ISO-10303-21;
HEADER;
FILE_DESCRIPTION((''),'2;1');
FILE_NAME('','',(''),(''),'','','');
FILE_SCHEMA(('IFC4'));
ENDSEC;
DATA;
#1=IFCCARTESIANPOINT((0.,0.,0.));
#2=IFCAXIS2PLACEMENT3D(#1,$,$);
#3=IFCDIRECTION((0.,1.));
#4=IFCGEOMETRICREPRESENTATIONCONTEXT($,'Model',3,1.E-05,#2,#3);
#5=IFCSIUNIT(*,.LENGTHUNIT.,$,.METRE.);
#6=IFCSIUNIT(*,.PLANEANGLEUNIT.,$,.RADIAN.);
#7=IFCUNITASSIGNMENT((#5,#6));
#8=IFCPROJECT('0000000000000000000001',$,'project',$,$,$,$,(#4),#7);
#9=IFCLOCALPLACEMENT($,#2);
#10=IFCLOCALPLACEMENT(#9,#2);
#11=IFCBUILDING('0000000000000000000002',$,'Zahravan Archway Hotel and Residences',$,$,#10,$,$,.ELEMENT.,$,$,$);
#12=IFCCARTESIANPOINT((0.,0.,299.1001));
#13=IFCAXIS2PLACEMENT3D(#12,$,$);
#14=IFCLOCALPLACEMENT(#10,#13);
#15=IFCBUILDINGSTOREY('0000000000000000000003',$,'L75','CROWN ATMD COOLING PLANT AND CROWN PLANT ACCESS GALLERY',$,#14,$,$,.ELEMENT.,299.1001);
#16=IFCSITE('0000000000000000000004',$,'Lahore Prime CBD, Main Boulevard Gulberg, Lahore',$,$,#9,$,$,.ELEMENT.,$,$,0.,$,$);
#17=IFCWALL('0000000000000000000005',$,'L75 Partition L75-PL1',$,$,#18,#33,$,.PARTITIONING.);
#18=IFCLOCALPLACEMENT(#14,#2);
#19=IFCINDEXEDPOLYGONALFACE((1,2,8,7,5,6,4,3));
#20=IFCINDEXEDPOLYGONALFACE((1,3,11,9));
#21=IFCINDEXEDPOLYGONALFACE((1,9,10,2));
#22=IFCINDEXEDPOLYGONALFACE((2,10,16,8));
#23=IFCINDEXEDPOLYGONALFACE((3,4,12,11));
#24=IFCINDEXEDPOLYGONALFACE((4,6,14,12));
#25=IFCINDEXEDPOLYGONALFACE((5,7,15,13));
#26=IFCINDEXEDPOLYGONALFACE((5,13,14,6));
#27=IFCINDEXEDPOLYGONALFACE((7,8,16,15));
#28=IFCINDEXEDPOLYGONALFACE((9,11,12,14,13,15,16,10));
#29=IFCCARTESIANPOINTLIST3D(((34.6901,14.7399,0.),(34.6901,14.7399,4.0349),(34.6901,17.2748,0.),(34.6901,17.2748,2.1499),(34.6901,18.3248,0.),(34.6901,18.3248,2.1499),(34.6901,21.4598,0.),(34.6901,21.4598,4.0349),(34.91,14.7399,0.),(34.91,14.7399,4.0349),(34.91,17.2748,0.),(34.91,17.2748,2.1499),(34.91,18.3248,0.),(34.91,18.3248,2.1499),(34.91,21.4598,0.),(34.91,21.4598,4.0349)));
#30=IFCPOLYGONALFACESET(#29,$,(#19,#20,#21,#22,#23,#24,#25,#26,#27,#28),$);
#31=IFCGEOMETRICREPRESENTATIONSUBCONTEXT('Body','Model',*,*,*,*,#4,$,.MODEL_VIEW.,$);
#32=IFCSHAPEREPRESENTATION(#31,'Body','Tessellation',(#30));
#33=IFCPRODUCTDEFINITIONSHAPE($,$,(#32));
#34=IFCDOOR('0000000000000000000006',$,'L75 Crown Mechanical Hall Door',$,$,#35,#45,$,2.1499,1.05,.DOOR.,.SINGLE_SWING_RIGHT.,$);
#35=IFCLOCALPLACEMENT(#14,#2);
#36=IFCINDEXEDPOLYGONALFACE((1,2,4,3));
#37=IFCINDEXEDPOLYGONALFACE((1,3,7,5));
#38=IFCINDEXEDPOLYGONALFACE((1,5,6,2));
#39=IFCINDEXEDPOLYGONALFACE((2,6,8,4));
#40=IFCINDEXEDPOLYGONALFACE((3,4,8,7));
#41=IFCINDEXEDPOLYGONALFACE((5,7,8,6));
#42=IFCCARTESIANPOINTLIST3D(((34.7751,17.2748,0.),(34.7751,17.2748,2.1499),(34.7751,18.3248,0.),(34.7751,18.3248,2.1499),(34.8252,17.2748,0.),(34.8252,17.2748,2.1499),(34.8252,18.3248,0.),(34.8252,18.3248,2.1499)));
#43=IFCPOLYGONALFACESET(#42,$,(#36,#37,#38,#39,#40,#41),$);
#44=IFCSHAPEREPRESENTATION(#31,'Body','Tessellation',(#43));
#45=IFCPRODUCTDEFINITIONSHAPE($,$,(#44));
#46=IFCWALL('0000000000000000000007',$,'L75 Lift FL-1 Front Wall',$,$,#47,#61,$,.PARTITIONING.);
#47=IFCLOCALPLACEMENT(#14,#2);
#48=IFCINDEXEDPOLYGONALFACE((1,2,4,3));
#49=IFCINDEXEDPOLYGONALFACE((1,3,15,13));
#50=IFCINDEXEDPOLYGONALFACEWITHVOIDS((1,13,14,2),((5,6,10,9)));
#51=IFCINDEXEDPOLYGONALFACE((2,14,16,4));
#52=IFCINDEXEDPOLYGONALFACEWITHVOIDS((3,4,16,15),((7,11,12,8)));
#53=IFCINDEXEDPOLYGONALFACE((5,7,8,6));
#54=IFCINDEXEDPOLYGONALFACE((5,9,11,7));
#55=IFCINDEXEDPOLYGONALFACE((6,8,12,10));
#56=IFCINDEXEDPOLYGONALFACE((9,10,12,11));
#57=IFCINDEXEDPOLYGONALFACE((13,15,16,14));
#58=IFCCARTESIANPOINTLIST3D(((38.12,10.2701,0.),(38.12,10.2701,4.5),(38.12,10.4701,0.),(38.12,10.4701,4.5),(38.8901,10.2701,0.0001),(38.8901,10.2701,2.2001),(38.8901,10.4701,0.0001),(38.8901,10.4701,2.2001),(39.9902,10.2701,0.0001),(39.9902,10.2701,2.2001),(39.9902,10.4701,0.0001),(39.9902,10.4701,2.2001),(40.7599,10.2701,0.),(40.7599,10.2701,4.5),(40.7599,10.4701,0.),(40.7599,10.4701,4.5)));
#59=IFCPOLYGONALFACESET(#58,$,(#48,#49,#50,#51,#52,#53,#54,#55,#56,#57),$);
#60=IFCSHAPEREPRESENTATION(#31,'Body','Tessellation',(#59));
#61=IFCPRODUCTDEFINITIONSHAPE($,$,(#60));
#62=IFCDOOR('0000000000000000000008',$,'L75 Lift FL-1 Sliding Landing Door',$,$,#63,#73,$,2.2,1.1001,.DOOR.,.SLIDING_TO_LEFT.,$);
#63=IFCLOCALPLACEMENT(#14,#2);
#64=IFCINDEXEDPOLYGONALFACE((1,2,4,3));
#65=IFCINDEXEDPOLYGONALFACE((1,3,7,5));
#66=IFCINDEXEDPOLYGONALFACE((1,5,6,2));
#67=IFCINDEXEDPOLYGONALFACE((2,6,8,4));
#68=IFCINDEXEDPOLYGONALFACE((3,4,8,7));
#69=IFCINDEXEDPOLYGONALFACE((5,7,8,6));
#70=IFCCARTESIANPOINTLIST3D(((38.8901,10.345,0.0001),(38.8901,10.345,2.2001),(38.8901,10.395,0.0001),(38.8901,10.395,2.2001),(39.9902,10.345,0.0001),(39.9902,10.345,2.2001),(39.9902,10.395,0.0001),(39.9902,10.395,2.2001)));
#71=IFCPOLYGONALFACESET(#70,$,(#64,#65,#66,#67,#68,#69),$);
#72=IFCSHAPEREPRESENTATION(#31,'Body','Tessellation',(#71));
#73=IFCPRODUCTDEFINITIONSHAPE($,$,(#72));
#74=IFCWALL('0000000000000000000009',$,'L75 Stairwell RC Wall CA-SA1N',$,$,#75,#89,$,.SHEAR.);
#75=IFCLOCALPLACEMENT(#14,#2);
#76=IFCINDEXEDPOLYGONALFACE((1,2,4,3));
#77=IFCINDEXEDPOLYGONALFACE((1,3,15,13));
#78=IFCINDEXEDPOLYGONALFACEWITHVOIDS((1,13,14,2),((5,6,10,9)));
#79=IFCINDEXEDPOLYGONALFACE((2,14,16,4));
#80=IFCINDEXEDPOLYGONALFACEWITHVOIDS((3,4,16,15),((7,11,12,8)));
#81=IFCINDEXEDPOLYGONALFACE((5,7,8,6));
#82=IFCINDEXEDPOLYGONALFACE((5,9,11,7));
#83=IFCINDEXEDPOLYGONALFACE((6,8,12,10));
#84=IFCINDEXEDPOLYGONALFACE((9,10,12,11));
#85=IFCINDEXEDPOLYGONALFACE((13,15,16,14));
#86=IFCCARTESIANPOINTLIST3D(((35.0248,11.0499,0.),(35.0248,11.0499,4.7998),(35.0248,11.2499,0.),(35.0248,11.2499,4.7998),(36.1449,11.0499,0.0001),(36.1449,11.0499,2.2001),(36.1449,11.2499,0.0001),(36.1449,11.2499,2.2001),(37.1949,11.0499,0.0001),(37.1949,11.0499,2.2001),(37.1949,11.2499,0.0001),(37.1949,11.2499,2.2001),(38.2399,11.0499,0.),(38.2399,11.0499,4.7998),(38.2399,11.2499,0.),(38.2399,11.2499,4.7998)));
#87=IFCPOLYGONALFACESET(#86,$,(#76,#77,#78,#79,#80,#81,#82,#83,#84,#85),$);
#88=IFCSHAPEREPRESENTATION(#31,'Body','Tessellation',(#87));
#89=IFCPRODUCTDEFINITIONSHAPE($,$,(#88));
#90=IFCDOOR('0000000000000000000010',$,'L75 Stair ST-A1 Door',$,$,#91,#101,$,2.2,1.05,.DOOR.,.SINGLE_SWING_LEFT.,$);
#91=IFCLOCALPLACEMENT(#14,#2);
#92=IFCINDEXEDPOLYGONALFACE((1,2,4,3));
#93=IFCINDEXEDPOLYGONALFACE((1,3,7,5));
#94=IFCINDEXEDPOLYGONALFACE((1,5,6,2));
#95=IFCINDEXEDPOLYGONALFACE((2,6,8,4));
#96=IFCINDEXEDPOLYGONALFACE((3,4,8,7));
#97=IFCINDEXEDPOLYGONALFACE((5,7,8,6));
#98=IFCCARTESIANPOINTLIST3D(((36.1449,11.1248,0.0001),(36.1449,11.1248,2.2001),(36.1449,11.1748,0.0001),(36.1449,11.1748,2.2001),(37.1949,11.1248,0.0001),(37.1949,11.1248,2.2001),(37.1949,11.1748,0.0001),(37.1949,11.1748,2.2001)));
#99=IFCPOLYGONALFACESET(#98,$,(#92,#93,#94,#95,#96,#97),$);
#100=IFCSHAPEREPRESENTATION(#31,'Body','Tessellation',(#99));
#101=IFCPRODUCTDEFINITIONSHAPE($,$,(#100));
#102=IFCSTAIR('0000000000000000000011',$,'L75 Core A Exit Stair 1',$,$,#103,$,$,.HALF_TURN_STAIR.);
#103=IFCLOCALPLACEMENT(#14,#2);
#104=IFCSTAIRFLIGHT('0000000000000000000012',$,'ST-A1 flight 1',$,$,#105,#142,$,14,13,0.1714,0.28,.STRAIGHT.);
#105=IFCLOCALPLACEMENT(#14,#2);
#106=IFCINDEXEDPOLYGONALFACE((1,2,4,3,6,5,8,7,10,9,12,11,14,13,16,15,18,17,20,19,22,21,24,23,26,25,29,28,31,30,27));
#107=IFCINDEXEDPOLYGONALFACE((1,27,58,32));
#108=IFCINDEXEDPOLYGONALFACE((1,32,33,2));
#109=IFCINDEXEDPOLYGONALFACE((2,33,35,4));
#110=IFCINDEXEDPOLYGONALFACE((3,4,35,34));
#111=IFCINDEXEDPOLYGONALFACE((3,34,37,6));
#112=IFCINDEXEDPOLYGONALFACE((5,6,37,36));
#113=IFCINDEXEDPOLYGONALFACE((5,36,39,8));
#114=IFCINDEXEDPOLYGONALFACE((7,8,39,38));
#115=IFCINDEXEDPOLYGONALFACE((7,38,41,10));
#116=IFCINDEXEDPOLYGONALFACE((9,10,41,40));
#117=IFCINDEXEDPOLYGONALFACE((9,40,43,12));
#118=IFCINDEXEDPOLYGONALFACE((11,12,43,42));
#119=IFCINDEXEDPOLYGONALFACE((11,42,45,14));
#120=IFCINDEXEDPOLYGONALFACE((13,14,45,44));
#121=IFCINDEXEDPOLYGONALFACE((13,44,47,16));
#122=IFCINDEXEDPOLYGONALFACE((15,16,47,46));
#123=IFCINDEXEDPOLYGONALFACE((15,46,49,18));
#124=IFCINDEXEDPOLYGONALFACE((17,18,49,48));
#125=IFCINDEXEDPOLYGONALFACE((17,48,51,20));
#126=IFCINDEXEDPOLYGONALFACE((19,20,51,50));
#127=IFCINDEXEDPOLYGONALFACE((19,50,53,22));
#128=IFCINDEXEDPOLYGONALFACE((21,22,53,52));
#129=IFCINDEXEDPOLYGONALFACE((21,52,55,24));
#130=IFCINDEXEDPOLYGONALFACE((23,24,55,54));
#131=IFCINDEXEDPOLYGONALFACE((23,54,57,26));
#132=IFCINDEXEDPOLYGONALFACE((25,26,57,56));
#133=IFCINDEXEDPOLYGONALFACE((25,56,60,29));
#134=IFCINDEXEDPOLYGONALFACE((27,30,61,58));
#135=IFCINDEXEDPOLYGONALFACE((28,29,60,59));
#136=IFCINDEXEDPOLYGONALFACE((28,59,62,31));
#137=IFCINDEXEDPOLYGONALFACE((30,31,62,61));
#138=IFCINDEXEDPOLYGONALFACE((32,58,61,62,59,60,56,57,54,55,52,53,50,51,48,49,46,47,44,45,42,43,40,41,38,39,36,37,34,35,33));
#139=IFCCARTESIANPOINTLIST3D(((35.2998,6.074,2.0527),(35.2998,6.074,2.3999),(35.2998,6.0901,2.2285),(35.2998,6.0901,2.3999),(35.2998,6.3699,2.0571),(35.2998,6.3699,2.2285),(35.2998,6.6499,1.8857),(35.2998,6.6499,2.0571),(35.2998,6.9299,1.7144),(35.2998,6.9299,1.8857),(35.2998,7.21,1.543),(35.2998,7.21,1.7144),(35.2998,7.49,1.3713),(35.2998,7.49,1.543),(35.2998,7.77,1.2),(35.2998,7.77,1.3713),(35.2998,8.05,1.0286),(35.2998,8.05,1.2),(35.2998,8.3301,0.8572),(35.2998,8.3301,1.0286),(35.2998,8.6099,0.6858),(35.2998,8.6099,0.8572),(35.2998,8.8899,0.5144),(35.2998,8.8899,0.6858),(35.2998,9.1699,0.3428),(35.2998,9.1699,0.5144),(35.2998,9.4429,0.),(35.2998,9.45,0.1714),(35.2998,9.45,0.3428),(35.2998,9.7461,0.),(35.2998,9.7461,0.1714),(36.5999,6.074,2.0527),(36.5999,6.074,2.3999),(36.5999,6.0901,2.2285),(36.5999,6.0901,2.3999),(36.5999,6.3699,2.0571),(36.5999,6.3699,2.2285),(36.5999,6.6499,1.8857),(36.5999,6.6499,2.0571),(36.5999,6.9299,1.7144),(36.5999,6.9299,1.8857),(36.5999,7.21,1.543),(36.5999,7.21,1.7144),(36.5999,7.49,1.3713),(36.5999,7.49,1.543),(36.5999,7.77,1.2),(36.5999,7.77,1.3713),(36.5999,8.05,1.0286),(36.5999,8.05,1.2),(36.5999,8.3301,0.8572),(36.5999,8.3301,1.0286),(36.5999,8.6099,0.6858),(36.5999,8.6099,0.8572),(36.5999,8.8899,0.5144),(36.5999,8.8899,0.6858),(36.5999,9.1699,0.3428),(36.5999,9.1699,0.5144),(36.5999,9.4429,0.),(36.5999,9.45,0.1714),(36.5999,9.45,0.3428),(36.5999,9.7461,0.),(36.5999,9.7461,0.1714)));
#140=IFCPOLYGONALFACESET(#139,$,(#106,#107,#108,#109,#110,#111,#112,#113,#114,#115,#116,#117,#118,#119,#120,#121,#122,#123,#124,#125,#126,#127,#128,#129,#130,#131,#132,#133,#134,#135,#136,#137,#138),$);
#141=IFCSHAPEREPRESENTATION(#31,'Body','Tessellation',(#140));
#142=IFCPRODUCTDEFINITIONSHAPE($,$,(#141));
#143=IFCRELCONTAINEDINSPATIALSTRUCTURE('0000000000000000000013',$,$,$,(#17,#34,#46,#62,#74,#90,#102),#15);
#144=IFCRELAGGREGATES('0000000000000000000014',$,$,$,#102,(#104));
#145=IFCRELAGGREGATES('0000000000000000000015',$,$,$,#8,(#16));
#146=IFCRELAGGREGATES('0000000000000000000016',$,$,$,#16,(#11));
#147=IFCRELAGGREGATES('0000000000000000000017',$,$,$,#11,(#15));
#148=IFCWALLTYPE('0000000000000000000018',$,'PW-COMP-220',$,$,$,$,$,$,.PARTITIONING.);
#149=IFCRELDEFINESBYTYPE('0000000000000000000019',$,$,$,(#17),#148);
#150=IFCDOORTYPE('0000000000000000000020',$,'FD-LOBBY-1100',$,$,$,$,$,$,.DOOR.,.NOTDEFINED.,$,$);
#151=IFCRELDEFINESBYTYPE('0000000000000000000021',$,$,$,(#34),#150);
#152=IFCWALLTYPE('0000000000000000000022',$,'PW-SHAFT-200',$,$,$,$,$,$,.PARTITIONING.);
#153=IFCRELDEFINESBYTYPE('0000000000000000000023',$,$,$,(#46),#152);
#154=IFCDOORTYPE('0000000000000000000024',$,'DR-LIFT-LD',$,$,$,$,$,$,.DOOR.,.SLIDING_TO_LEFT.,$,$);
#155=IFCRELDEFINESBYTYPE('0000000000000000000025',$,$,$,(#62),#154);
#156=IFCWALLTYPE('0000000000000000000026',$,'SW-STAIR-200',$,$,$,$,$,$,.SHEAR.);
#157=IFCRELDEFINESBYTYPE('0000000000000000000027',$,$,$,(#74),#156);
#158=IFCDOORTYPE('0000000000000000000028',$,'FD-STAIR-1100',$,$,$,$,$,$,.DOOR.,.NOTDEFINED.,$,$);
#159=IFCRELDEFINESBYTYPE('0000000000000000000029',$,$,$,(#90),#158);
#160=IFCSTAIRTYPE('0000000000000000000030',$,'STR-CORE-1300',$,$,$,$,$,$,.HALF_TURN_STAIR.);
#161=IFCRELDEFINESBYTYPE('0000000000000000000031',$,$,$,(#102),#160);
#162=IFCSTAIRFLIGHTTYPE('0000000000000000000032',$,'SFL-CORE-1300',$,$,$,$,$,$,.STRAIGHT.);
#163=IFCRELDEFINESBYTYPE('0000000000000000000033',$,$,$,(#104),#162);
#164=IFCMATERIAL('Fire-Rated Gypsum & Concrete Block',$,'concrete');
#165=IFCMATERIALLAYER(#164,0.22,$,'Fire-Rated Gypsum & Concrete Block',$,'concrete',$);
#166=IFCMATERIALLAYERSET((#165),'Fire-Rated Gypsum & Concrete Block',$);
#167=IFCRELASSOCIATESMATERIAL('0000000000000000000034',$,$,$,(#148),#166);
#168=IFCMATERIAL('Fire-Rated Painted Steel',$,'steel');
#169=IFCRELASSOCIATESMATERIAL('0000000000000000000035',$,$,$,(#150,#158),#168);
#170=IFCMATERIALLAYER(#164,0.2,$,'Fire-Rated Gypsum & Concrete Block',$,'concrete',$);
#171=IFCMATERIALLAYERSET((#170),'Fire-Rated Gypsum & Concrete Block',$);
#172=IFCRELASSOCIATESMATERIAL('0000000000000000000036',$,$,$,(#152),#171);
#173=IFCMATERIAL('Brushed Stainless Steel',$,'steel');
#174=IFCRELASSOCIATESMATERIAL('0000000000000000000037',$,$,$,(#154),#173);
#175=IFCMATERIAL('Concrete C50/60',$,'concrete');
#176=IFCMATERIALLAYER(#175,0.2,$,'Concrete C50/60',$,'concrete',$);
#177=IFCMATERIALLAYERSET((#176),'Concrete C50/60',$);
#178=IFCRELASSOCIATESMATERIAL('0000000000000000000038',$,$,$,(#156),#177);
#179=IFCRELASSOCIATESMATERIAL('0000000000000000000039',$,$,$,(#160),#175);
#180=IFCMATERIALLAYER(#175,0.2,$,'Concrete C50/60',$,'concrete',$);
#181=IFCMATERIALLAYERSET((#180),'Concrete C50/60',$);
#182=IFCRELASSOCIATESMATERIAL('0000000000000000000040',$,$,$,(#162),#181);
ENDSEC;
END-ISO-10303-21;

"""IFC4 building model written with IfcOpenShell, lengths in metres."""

from ifc_helpers import new_model, si_unit, direction, frame, frame_2d, origin, place, context, subcontext, project, spatial, polyline, rectangle, outline, extrude, source, transform, mapped, material, layer, layer_set, type_object, type_shapes, element, fill, aggregate, save


model = new_model("IFC4")

# Units and contexts
model_context = context("Model", 3, precision=1e-05, world=origin(), true_north=direction((0.0, 1.0)))
body_context = subcontext(model_context, "Body", "Model", "MODEL_VIEW")
ifc_project = project(units=[si_unit("LENGTHUNIT", "METRE"), si_unit("PLANEANGLEUNIT", "RADIAN")], contexts=[model_context])

# Site, building, storey
site_placement = place(None, origin())
site = spatial("IfcSite", under=ifc_project, at=site_placement, Name="Lahore Prime CBD, Main Boulevard Gulberg, Lahore", CompositionType="ELEMENT", RefElevation=0.0)
building_placement = place(site_placement, origin())
building = spatial("IfcBuilding", under=site, at=building_placement, Name="Zahravan Archway Hotel and Residences", CompositionType="ELEMENT")
storey_placement = place(building_placement, frame((0.0, 0.0, 299.1001)))
storey = spatial("IfcBuildingStorey", under=building, at=storey_placement, Name="L75", Description="CROWN ATMD COOLING PLANT AND CROWN PLANT ACCESS GALLERY", CompositionType="ELEMENT", Elevation=299.1001)

# Walls, openings, doors
ifc_material_1 = material(Name="Fire-Rated Gypsum & Concrete Block", Category="concrete")
ifc_layer_1 = layer(ifc_material_1, 0.22, Name="Fire-Rated Gypsum & Concrete Block", Category="concrete")
ifc_layer_set_1 = layer_set([ifc_layer_1], Name="Fire-Rated Gypsum & Concrete Block")
wall_type_1 = type_object("IfcWallType", Name="PW-COMP-220", PredefinedType="PARTITIONING", material=ifc_layer_set_1)
ifc_material_2 = material(Name="Fire-Rated Painted Steel", Category="steel")
door_type_1 = type_object("IfcDoorType", Name="FD-LOBBY-1100", OperationType="NOTDEFINED", PredefinedType="DOOR", material=ifc_material_2)
shared_shape_1 = source(origin(), body_context, "Body", "SweptSolid", [
    extrude(rectangle(XDim=1.05, YDim=2.1499, at=frame_2d((0.5249, 1.075))), frame((0.0, 0.0249, 0.0), z_axis=(0.0, -1.0, 0.0), x_axis=(1.0, 0.0, 0.0)), (0.0, 0.0, 1.0), 0.05),
])
type_shapes(door_type_1, [shared_shape_1])
wall_1_placement = place(storey_placement, frame((34.8, 14.74, 0.0), z_axis=(0.0, 0.0, 1.0), x_axis=(0.0, 1.0, 0.0)))
wall_1 = element("IfcWall", 1, at=wall_1_placement, inside=storey, type_object=wall_type_1, Name="L75 Partition L75-PL1", PredefinedType="PARTITIONING", context=body_context, shape_type="SweptSolid", body=[
    extrude(rectangle(XDim=6.72, YDim=0.22, at=frame_2d((3.3599, 0.0))), origin(), (0.0, 0.0, 1.0), 4.0349),
])
opening_1_placement = place(wall_1_placement, frame((2.5349, 0.0, 0.0)))
opening_1 = element("IfcOpeningElement", 2, at=opening_1_placement, cuts=wall_1, PredefinedType="OPENING", context=body_context, shape_type="SweptSolid", body=[
    extrude(rectangle(XDim=1.05, YDim=2.1499, at=frame_2d((0.5249, 1.075))), frame((0.0, 0.1201, 0.0), z_axis=(0.0, -1.0, 0.0), x_axis=(1.0, 0.0, 0.0)), (0.0, 0.0, 1.0), 0.24),
])
door_1_placement = place(opening_1_placement, origin())
door_1 = element("IfcDoor", 3, at=door_1_placement, inside=storey, type_object=door_type_1, Name="L75 Crown Mechanical Hall Door", OperationType="SINGLE_SWING_RIGHT", OverallHeight=2.1499, OverallWidth=1.05, PredefinedType="DOOR", context=body_context, shape_type="MappedRepresentation", body=[
    mapped(shared_shape_1, transform((0.0, 0.0, 0.0), scale=1.0)),
])
fill(opening_1, door_1)
ifc_layer_2 = layer(ifc_material_1, 0.2, Name="Fire-Rated Gypsum & Concrete Block", Category="concrete")
ifc_layer_set_2 = layer_set([ifc_layer_2], Name="Fire-Rated Gypsum & Concrete Block")
wall_type_2 = type_object("IfcWallType", Name="PW-SHAFT-200", PredefinedType="PARTITIONING", material=ifc_layer_set_2)
wall_2_placement = place(storey_placement, frame((38.1201, 10.3701, 0.0), z_axis=(0.0, 0.0, 1.0), x_axis=(1.0, 0.0, 0.0)))
wall_2 = element("IfcWall", 4, at=wall_2_placement, inside=storey, type_object=wall_type_2, Name="L75 Lift FL-1 Front Wall", PredefinedType="PARTITIONING", context=body_context, shape_type="SweptSolid", body=[
    extrude(rectangle(XDim=2.6399, YDim=0.2, at=frame_2d((1.3198, 0.0))), origin(), (0.0, 0.0, 1.0), 4.5),
])
opening_2_placement = place(wall_2_placement, frame((0.77, 0.0, 0.0)))
opening_2 = element("IfcOpeningElement", 5, at=opening_2_placement, cuts=wall_2, PredefinedType="OPENING", context=body_context, shape_type="SweptSolid", body=[
    extrude(rectangle(XDim=1.1001, YDim=2.2, at=frame_2d((0.55, 1.1001))), frame((0.0, 0.1099, 0.0), z_axis=(0.0, -1.0, 0.0), x_axis=(1.0, 0.0, 0.0)), (0.0, 0.0, 1.0), 0.22),
])
ifc_material_3 = material(Name="Brushed Stainless Steel", Category="steel")
door_type_2 = type_object("IfcDoorType", Name="DR-LIFT-LD", OperationType="SLIDING_TO_LEFT", PredefinedType="DOOR", material=ifc_material_3)
shared_shape_2 = source(origin(), body_context, "Body", "SweptSolid", [
    extrude(rectangle(XDim=1.1001, YDim=2.2, at=frame_2d((0.55, 1.1001))), frame((0.0, 0.0249, 0.0), z_axis=(0.0, -1.0, 0.0), x_axis=(1.0, 0.0, 0.0)), (0.0, 0.0, 1.0), 0.05),
])
type_shapes(door_type_2, [shared_shape_2])
door_2_placement = place(opening_2_placement, origin())
door_2 = element("IfcDoor", 6, at=door_2_placement, inside=storey, type_object=door_type_2, Name="L75 Lift FL-1 Sliding Landing Door", OperationType="SLIDING_TO_LEFT", OverallHeight=2.2, OverallWidth=1.1001, PredefinedType="DOOR", context=body_context, shape_type="MappedRepresentation", body=[
    mapped(shared_shape_2, transform((0.0, 0.0, 0.0), scale=1.0)),
])
fill(opening_2, door_2)
ifc_material_4 = material(Name="Concrete C50/60", Category="concrete")
ifc_layer_3 = layer(ifc_material_4, 0.2, Name="Concrete C50/60", Category="concrete")
ifc_layer_set_3 = layer_set([ifc_layer_3], Name="Concrete C50/60")
wall_type_3 = type_object("IfcWallType", Name="SW-STAIR-200", PredefinedType="SHEAR", material=ifc_layer_set_3)
wall_3_placement = place(storey_placement, frame((35.0249, 11.1499, 0.0), z_axis=(0.0, 0.0, 1.0), x_axis=(1.0, 0.0, 0.0)))
wall_3 = element("IfcWall", 7, at=wall_3_placement, inside=storey, type_object=wall_type_3, Name="L75 Stairwell RC Wall CA-SA1N", PredefinedType="SHEAR", context=body_context, shape_type="SweptSolid", body=[
    extrude(rectangle(XDim=3.2151, YDim=0.2, at=frame_2d((1.6074, 0.0))), origin(), (0.0, 0.0, 1.0), 4.7998),
])
opening_3_placement = place(wall_3_placement, frame((1.1201, 0.0, 0.0)))
opening_3 = element("IfcOpeningElement", 8, at=opening_3_placement, cuts=wall_3, PredefinedType="OPENING", context=body_context, shape_type="SweptSolid", body=[
    extrude(rectangle(XDim=1.05, YDim=2.2, at=frame_2d((0.5249, 1.1001))), frame((0.0, 0.1099, 0.0), z_axis=(0.0, -1.0, 0.0), x_axis=(1.0, 0.0, 0.0)), (0.0, 0.0, 1.0), 0.22),
])
door_type_3 = type_object("IfcDoorType", Name="FD-STAIR-1100", OperationType="NOTDEFINED", PredefinedType="DOOR", material=ifc_material_2)
shared_shape_3 = source(origin(), body_context, "Body", "SweptSolid", [
    extrude(rectangle(XDim=1.05, YDim=2.2, at=frame_2d((0.5249, 1.1001))), frame((0.0, 0.0249, 0.0), z_axis=(0.0, -1.0, 0.0), x_axis=(1.0, 0.0, 0.0)), (0.0, 0.0, 1.0), 0.05),
])
type_shapes(door_type_3, [shared_shape_3])
door_3_placement = place(opening_3_placement, origin())
door_3 = element("IfcDoor", 9, at=door_3_placement, inside=storey, type_object=door_type_3, Name="L75 Stair ST-A1 Door", OperationType="SINGLE_SWING_LEFT", OverallHeight=2.2, OverallWidth=1.05, PredefinedType="DOOR", context=body_context, shape_type="MappedRepresentation", body=[
    mapped(shared_shape_3, transform((0.0, 0.0, 0.0), scale=1.0)),
])
fill(opening_3, door_3)

# Stair, stair flight
stair_type = type_object("IfcStairType", Name="STR-CORE-1300", PredefinedType="HALF_TURN_STAIR", material=ifc_material_4)
stair_placement = place(storey_placement, origin())
stair = element("IfcStair", 10, at=stair_placement, inside=storey, type_object=stair_type, Name="L75 Core A Exit Stair 1", PredefinedType="HALF_TURN_STAIR")
ifc_layer_4 = layer(ifc_material_4, 0.2, Name="Concrete C50/60", Category="concrete")
ifc_layer_set_4 = layer_set([ifc_layer_4], Name="Concrete C50/60")
stair_flight_type = type_object("IfcStairFlightType", Name="SFL-CORE-1300", PredefinedType="STRAIGHT", material=ifc_layer_set_4)
shared_shape_4 = source(origin(), body_context, "Body", "SweptSolid", [
    extrude(outline(polyline([(-0.0161, 0.0), (-0.0161, 0.1714), (0.28, 0.1714), (0.28, 0.3428), (0.5601, 0.3428), (0.5601, 0.5144), (0.8401, 0.5144), (0.8401, 0.6858), (1.1201, 0.6858), (1.1201, 0.8572), (1.3999, 0.8572), (1.3999, 1.0286), (1.6799, 1.0286), (1.6799, 1.2), (1.96, 1.2), (1.96, 1.3713), (2.24, 1.3713), (2.24, 1.543), (2.52, 1.543), (2.52, 1.7144), (2.8, 1.7144), (2.8, 1.8857), (3.0801, 1.8857), (3.0801, 2.0571), (3.3601, 2.0571), (3.3601, 2.2285), (3.6399, 2.2285), (3.6399, 2.3999), (3.656, 2.3999), (3.656, 2.0527), (0.2871, 0.0), (-0.0161, 0.0)])), frame((0.0, 0.6499, 0.0), z_axis=(0.0, -1.0, 0.0), x_axis=(1.0, 0.0, 0.0)), (0.0, 0.0, 1.0), 1.3),
])
stair_flight_placement = place(storey_placement, frame((35.95, 9.73, 0.0), z_axis=(0.0, 0.0, 1.0), x_axis=(0.0, -1.0, 0.0)))
stair_flight = element("IfcStairFlight", 11, at=stair_flight_placement, type_object=stair_flight_type, Name="ST-A1 flight 1", NumberOfRisers=14, NumberOfTreads=13, PredefinedType="STRAIGHT", RiserHeight=0.1714, TreadLength=0.28, context=body_context, shape_type="MappedRepresentation", body=[
    mapped(shared_shape_4, transform((0.0, 0.0, 0.0), scale=1.0)),
])
aggregate(stair, [stair_flight])

save(model, "model.ifc")
